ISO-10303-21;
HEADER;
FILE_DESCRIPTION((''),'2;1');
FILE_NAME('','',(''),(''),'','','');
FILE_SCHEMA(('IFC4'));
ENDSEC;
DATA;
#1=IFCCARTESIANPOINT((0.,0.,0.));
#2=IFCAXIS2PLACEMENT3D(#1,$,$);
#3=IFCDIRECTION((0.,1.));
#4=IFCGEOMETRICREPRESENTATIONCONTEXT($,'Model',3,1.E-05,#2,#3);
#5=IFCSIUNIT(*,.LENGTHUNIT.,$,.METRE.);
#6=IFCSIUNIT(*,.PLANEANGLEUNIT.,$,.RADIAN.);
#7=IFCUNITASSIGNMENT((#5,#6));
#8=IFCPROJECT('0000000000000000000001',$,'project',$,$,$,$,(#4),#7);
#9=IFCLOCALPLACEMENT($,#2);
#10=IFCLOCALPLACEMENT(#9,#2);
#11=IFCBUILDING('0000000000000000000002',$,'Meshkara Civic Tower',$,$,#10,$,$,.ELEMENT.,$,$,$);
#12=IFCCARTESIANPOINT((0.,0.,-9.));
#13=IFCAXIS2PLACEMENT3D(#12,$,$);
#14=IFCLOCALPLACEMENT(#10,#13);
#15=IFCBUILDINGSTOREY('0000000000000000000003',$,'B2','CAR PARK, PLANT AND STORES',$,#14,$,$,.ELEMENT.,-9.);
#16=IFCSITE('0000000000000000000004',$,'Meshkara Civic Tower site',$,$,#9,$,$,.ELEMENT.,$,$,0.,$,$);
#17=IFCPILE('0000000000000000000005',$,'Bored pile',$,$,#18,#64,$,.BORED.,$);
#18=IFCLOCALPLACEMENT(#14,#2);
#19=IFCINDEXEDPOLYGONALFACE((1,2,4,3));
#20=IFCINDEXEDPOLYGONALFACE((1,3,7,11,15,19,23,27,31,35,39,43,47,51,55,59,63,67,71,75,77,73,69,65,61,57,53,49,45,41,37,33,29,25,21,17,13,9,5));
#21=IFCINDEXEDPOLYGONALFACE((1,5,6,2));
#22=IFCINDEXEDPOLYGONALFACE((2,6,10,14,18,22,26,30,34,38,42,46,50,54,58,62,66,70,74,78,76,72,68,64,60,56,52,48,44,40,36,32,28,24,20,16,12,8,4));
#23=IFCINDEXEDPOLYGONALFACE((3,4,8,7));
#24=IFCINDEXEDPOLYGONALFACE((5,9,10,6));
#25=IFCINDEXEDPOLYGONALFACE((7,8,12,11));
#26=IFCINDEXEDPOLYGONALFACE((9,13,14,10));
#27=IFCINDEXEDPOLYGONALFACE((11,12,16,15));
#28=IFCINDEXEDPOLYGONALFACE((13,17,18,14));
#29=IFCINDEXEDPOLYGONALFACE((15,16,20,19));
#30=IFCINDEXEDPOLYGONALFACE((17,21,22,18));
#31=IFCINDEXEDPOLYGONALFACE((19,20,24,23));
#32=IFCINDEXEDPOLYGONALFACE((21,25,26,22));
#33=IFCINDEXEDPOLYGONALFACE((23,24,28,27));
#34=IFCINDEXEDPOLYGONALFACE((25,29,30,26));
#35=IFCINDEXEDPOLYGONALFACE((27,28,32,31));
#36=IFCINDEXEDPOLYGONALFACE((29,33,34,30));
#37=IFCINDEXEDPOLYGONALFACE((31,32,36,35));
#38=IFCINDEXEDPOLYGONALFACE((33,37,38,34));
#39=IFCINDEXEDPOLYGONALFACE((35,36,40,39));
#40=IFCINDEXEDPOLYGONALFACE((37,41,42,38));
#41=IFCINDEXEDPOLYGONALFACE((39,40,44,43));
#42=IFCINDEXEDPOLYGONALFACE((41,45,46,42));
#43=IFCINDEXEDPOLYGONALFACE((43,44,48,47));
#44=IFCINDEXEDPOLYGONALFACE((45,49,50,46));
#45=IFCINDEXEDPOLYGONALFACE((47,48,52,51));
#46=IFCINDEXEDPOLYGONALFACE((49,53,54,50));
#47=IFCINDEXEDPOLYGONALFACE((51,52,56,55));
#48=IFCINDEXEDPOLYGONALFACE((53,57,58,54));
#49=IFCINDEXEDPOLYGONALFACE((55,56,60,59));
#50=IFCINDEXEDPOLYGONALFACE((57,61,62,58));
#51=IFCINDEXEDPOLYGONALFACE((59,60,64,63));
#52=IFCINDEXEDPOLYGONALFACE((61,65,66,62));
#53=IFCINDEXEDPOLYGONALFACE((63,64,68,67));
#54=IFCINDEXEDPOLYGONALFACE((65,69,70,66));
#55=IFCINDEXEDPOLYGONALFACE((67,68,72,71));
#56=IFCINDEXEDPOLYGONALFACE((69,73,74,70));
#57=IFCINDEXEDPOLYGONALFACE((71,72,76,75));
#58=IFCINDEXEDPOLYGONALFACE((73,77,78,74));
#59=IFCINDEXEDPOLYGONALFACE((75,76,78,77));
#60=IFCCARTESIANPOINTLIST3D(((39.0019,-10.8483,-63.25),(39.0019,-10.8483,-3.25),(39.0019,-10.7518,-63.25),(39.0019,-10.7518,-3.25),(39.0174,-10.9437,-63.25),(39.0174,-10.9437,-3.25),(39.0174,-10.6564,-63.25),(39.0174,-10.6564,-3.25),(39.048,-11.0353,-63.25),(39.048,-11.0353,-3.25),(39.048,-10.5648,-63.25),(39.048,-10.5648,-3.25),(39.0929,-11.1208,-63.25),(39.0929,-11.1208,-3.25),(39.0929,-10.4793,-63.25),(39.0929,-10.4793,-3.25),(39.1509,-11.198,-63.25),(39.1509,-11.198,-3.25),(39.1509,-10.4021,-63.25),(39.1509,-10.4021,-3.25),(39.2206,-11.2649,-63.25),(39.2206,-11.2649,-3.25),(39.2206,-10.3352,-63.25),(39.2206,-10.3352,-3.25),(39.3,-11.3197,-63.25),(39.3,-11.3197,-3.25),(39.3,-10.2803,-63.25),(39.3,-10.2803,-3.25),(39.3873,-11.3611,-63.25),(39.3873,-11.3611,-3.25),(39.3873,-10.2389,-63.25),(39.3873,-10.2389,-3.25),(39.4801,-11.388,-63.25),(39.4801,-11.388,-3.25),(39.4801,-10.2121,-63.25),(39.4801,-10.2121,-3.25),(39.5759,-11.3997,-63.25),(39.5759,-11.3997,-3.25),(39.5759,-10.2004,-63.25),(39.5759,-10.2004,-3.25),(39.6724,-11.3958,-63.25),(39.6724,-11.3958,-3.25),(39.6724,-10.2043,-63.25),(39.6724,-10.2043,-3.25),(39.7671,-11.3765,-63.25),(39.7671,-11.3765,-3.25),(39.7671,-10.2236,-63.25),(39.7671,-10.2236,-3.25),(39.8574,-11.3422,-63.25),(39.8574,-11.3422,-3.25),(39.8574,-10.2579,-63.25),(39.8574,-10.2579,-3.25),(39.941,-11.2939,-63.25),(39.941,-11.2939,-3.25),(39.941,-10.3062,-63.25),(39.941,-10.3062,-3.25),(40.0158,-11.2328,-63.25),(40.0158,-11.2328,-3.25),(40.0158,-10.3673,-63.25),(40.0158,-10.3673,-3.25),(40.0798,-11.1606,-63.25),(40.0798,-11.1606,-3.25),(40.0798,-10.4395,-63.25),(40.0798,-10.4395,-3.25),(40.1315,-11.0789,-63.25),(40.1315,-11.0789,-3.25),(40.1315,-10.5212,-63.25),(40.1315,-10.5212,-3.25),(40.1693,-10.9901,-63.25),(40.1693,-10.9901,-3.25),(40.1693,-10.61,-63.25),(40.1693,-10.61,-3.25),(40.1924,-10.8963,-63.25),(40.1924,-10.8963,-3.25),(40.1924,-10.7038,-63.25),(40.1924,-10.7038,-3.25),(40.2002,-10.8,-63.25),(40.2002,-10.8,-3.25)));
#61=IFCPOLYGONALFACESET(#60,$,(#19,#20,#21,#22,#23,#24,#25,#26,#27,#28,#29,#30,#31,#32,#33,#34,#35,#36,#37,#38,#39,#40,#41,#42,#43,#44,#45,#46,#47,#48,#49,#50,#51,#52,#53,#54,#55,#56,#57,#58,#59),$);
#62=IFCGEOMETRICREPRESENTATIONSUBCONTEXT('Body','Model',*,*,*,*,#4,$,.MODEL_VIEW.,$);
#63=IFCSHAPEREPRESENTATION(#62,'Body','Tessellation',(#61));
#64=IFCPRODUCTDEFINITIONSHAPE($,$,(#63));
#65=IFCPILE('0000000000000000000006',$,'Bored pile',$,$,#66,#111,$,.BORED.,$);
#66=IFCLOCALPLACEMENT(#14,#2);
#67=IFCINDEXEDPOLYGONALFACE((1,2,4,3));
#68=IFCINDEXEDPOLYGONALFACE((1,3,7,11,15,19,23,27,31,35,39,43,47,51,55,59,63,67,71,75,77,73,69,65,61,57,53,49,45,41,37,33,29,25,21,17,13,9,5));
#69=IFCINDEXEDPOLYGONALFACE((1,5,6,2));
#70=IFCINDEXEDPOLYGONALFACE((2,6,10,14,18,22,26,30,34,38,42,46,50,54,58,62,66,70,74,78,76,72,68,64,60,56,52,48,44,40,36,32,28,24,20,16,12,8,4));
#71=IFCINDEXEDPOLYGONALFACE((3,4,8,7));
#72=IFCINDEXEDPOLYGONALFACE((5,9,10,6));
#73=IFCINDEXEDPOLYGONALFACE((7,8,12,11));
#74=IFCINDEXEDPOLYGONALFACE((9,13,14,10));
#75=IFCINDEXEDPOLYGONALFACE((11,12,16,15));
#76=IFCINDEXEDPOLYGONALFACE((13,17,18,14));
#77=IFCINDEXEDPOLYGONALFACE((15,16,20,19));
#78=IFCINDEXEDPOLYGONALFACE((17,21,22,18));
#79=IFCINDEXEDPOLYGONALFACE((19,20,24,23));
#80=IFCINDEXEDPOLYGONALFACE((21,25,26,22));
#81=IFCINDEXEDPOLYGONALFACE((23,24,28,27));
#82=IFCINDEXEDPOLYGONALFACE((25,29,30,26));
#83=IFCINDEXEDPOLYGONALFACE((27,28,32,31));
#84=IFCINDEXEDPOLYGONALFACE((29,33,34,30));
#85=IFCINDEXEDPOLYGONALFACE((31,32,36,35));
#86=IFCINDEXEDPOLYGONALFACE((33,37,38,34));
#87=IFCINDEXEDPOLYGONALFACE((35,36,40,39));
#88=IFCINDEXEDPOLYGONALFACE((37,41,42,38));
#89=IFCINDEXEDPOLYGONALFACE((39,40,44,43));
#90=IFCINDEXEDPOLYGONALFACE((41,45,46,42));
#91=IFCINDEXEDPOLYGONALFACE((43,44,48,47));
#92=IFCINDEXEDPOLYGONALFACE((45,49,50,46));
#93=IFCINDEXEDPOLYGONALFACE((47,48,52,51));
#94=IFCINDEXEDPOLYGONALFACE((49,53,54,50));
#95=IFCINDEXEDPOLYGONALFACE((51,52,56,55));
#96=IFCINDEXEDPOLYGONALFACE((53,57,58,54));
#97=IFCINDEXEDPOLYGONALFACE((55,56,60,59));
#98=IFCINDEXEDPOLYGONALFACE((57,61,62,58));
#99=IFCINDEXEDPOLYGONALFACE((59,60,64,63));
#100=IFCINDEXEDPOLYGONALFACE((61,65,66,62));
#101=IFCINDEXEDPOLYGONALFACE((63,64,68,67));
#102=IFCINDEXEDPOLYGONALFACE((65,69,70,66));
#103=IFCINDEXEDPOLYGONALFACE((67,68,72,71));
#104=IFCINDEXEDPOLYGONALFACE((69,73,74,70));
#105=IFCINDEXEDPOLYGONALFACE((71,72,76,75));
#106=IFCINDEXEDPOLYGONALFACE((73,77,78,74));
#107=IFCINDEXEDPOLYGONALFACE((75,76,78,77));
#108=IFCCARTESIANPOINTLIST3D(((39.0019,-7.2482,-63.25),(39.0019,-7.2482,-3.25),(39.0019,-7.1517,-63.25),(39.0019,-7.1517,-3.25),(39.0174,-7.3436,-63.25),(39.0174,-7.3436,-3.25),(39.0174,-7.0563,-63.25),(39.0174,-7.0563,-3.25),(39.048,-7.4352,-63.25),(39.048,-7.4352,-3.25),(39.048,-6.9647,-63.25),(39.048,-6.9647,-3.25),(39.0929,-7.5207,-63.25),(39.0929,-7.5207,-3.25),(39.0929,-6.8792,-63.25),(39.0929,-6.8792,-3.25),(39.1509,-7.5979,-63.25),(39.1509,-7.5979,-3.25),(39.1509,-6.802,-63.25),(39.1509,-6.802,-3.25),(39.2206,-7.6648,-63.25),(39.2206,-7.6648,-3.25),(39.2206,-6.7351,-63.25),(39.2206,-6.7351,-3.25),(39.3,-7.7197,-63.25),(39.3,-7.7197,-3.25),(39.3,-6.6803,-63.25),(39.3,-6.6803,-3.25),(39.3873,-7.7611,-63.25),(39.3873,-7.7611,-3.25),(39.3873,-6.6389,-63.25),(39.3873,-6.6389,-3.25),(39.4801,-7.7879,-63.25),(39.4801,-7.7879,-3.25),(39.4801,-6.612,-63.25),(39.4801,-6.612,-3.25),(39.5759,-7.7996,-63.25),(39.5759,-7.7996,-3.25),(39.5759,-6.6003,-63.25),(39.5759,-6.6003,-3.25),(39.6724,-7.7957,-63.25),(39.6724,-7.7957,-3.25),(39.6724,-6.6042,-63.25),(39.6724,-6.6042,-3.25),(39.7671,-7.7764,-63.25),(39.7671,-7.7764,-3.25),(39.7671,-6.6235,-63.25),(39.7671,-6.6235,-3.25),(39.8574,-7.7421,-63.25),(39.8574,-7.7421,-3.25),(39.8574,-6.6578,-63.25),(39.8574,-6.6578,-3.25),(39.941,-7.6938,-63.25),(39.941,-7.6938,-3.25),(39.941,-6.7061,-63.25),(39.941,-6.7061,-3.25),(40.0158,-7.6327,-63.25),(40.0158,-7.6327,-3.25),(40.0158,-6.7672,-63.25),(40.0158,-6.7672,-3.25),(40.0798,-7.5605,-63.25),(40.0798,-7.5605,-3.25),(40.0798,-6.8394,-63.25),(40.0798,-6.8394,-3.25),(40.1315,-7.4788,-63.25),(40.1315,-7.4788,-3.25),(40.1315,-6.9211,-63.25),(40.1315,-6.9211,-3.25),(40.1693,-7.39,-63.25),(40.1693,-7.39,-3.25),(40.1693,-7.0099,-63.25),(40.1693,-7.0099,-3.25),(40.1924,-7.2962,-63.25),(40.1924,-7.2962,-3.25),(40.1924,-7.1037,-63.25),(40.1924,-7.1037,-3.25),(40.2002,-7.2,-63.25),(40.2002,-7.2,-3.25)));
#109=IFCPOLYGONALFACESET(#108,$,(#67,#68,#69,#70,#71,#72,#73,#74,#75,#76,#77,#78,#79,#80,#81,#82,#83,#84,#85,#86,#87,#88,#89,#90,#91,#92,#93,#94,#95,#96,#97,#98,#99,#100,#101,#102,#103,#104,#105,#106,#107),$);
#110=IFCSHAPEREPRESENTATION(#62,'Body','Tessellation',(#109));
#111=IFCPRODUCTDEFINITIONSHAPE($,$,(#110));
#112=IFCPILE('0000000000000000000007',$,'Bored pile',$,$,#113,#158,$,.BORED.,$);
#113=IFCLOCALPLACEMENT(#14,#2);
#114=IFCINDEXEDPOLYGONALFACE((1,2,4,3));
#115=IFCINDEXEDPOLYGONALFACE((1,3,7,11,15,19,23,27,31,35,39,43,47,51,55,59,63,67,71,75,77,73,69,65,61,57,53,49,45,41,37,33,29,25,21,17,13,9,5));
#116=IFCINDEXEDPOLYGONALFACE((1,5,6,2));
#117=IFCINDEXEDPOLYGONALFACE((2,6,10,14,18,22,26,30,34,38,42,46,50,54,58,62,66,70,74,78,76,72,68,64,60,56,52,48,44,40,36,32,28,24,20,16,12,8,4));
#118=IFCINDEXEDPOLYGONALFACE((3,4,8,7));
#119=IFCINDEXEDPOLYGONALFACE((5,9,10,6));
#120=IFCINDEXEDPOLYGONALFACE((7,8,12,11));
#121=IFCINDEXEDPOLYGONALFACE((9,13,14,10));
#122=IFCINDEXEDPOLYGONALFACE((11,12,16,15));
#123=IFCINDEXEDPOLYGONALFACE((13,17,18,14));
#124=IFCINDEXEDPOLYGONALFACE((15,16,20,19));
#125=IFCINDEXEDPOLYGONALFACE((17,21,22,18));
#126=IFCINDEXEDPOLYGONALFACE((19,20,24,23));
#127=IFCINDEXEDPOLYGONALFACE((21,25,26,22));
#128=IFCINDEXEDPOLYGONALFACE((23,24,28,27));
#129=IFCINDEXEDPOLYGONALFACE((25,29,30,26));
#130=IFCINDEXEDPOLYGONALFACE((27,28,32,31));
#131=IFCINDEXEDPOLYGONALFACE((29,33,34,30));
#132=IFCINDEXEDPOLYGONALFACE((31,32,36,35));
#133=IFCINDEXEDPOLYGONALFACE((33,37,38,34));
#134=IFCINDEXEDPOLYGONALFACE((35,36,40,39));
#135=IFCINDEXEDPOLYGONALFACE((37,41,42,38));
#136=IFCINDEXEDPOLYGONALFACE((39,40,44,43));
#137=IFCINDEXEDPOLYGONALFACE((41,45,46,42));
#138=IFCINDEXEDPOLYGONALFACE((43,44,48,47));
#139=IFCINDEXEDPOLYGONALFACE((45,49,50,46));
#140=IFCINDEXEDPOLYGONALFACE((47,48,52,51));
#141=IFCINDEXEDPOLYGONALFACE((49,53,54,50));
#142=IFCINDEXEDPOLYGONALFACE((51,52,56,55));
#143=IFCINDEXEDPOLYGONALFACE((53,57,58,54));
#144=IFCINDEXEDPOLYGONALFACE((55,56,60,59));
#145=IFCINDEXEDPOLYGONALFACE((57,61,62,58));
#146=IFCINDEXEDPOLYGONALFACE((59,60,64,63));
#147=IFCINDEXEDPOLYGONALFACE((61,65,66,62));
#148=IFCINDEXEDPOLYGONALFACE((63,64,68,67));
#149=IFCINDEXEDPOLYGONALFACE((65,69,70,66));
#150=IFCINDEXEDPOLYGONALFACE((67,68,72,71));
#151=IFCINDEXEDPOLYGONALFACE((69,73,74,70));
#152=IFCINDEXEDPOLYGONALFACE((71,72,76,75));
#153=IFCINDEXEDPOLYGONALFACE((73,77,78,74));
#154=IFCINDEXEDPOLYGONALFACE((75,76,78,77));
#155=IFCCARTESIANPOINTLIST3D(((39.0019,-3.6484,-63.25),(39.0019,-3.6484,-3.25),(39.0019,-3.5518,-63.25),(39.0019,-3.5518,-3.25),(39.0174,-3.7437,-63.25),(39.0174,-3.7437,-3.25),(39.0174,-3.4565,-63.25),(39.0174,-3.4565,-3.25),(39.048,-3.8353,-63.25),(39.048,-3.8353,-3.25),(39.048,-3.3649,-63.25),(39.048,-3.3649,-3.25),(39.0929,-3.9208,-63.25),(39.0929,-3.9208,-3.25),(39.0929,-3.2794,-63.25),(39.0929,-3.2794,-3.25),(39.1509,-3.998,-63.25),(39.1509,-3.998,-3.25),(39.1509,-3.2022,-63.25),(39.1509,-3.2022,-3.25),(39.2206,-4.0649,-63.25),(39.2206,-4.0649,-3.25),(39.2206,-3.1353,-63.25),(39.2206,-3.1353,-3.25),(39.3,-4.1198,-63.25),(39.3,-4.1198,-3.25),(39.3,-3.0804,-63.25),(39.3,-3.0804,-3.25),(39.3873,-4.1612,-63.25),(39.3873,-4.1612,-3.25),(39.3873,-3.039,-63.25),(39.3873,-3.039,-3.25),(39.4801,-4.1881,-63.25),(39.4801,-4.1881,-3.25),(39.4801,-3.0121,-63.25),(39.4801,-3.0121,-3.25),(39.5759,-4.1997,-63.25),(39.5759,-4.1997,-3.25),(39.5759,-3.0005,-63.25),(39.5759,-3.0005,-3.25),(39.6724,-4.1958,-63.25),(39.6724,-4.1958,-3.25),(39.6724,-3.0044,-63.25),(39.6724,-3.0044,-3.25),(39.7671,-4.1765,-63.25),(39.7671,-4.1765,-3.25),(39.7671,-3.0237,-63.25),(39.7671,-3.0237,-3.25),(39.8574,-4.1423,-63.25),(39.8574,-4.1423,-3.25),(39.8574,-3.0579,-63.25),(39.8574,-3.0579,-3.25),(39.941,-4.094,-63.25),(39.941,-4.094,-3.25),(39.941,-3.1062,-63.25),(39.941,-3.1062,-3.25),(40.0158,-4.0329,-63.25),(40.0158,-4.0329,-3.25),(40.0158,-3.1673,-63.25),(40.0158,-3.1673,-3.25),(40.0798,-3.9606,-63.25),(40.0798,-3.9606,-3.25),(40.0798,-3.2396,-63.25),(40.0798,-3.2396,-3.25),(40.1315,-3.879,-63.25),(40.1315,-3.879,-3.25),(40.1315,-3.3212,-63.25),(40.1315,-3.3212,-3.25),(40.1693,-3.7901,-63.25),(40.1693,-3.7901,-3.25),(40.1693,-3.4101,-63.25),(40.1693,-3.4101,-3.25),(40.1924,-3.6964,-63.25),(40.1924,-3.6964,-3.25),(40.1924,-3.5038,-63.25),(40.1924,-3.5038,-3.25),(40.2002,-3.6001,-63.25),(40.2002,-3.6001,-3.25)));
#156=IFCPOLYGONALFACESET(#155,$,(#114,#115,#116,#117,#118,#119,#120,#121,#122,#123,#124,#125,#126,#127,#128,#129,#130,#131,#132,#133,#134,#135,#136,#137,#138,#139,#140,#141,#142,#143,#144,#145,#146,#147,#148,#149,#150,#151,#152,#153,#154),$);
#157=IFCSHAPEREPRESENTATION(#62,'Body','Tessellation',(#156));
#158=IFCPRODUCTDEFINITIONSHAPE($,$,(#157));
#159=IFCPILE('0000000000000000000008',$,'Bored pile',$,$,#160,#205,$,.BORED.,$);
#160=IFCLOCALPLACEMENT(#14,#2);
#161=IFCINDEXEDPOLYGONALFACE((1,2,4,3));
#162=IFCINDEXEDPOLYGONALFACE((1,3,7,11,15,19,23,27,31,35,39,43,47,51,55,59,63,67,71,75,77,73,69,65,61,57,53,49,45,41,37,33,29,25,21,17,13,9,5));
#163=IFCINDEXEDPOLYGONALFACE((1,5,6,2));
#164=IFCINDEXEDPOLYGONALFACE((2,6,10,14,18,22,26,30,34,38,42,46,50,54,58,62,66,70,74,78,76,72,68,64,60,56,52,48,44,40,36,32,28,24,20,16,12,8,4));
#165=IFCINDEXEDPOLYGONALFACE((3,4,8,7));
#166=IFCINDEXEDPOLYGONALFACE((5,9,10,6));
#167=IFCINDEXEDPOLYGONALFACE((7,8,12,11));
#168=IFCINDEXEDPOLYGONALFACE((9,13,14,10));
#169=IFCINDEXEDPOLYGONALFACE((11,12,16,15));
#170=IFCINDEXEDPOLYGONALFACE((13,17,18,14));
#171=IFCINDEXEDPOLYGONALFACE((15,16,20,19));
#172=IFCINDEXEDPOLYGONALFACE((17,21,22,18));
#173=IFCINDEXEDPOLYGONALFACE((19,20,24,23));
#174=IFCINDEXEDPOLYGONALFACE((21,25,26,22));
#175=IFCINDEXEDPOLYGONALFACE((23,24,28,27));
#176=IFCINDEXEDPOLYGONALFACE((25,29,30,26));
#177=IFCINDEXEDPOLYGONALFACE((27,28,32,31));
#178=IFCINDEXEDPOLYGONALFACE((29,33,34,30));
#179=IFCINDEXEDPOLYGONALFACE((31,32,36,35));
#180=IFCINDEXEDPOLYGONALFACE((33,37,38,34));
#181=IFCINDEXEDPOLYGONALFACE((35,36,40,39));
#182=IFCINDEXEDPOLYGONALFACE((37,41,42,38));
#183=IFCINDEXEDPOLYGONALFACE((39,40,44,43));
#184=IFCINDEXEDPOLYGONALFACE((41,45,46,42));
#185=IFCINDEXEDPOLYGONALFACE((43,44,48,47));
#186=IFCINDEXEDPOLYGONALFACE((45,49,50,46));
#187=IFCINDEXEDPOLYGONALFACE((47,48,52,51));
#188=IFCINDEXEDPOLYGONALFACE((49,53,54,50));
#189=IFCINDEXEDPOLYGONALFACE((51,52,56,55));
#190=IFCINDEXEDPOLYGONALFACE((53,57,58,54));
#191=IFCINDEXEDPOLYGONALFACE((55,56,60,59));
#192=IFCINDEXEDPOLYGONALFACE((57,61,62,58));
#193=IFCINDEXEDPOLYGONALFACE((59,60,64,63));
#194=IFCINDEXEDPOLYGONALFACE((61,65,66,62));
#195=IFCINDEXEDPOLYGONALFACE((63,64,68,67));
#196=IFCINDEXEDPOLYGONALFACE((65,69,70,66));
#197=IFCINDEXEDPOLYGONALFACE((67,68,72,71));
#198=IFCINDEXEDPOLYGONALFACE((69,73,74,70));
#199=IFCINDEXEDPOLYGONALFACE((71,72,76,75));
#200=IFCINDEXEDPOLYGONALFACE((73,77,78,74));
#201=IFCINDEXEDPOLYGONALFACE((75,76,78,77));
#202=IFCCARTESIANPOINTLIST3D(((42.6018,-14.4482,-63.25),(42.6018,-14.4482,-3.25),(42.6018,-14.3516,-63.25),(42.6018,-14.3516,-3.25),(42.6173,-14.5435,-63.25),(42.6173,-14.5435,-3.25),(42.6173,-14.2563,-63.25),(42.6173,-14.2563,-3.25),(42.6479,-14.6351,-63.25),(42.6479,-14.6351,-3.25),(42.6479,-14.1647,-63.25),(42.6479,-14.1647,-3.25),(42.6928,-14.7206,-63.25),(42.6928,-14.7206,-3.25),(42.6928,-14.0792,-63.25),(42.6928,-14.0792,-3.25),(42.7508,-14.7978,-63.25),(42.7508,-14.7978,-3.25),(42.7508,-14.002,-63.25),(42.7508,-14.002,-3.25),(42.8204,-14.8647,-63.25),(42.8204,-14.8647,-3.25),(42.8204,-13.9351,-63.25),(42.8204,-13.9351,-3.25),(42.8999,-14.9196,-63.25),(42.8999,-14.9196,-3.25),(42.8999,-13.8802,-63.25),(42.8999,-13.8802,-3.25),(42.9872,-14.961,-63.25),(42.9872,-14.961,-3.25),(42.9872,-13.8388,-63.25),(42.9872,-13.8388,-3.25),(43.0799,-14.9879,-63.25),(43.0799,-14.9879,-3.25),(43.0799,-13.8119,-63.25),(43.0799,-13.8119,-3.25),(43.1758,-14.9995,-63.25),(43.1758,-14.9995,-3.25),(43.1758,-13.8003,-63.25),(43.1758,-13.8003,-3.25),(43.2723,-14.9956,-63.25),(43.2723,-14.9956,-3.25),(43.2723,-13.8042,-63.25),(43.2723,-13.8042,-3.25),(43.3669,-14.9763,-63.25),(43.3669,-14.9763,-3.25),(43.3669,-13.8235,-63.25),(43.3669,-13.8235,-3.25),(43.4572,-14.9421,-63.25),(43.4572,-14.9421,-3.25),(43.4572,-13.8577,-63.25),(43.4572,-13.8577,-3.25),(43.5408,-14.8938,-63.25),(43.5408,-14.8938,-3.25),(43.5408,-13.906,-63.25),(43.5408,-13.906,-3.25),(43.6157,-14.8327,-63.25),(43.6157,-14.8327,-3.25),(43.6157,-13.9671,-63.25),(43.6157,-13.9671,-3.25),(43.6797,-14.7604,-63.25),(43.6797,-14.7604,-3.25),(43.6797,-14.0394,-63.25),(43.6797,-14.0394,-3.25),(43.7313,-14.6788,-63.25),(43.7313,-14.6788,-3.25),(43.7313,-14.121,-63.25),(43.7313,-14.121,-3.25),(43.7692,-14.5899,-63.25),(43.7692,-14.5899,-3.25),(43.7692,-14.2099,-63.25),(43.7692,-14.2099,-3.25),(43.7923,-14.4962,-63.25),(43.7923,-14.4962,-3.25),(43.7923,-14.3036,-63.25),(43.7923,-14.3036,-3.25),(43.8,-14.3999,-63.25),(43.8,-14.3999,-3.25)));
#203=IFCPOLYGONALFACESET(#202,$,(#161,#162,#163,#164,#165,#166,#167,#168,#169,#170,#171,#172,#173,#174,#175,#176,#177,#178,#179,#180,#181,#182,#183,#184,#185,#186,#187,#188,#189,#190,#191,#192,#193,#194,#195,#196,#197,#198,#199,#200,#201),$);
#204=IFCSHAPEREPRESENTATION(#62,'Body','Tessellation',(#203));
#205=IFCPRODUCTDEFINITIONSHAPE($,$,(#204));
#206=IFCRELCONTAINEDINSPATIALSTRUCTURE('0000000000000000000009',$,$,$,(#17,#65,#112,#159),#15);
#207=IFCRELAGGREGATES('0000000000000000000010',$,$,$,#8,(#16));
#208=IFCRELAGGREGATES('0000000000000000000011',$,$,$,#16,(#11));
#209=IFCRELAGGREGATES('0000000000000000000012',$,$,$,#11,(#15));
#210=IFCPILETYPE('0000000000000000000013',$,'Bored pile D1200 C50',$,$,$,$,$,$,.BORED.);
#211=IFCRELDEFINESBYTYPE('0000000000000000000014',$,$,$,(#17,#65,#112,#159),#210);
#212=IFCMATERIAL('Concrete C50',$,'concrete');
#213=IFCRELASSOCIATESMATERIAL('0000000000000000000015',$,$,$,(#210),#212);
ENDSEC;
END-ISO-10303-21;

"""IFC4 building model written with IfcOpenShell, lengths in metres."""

from ifc_helpers import new_model, si_unit, direction, frame, origin, origin_2d, place, context, subcontext, project, spatial, circle, extrude, material, material_profile, profile_set, type_object, element, save


model = new_model("IFC4")

# Units and contexts
model_context = context("Model", 3, precision=1e-05, world=origin(), true_north=direction((0.0, 1.0)))
body_context = subcontext(model_context, "Body", "Model", "MODEL_VIEW")
ifc_project = project(units=[si_unit("LENGTHUNIT", "METRE"), si_unit("PLANEANGLEUNIT", "RADIAN")], contexts=[model_context])

# Site, building, storey
site_placement = place(None, origin())
site = spatial("IfcSite", under=ifc_project, at=site_placement, Name="Meshkara Civic Tower site", CompositionType="ELEMENT", RefElevation=0.0)
building_placement = place(site_placement, origin())
building = spatial("IfcBuilding", under=site, at=building_placement, Name="Meshkara Civic Tower", CompositionType="ELEMENT")
storey_placement = place(building_placement, frame((0.0, 0.0, -9.0)))
storey = spatial("IfcBuildingStorey", under=building, at=storey_placement, Name="B2", Description="CAR PARK, PLANT AND STORES", CompositionType="ELEMENT", Elevation=-9.0)

# Piles
ifc_material_1 = material(Name="Concrete C50", Category="concrete")
ifc_material_profile_1 = material_profile(ifc_material_1, circle(Radius=0.6001, at=origin_2d()))
ifc_profile_set_1 = profile_set([ifc_material_profile_1], Name="Concrete C50")
pile_type = type_object("IfcPileType", Name="Bored pile D1200 C50", PredefinedType="BORED", material=ifc_profile_set_1)
for number, where, z_axis, x_axis, name in (
    (1, (39.6001, -10.8, -3.25), (0.0, 0.0, -1.0), (1.0, 0.0, 0.0), "Bored pile"),
    (2, (39.6001, -7.2, -3.25), (0.0, 0.0, -1.0), (1.0, 0.0, 0.0), "Bored pile"),
    (3, (39.6001, -3.6001, -3.25), (0.0, 0.0, -1.0), (1.0, 0.0, 0.0), "Bored pile"),
    (4, (43.2, -14.3999, -3.25), (0.0, 0.0, -1.0), (1.0, 0.0, 0.0), "Bored pile"),
):
    element("IfcPile", number, at=place(storey_placement, frame(where, z_axis=z_axis, x_axis=x_axis)), inside=storey, type_object=pile_type, Name=name, PredefinedType="BORED", context=body_context, shape_type="SweptSolid", body=[
        extrude(circle(Radius=0.6001, at=origin_2d()), origin(), (0.0, 0.0, 1.0), 60.0),
    ])

save(model, "model.ifc")
